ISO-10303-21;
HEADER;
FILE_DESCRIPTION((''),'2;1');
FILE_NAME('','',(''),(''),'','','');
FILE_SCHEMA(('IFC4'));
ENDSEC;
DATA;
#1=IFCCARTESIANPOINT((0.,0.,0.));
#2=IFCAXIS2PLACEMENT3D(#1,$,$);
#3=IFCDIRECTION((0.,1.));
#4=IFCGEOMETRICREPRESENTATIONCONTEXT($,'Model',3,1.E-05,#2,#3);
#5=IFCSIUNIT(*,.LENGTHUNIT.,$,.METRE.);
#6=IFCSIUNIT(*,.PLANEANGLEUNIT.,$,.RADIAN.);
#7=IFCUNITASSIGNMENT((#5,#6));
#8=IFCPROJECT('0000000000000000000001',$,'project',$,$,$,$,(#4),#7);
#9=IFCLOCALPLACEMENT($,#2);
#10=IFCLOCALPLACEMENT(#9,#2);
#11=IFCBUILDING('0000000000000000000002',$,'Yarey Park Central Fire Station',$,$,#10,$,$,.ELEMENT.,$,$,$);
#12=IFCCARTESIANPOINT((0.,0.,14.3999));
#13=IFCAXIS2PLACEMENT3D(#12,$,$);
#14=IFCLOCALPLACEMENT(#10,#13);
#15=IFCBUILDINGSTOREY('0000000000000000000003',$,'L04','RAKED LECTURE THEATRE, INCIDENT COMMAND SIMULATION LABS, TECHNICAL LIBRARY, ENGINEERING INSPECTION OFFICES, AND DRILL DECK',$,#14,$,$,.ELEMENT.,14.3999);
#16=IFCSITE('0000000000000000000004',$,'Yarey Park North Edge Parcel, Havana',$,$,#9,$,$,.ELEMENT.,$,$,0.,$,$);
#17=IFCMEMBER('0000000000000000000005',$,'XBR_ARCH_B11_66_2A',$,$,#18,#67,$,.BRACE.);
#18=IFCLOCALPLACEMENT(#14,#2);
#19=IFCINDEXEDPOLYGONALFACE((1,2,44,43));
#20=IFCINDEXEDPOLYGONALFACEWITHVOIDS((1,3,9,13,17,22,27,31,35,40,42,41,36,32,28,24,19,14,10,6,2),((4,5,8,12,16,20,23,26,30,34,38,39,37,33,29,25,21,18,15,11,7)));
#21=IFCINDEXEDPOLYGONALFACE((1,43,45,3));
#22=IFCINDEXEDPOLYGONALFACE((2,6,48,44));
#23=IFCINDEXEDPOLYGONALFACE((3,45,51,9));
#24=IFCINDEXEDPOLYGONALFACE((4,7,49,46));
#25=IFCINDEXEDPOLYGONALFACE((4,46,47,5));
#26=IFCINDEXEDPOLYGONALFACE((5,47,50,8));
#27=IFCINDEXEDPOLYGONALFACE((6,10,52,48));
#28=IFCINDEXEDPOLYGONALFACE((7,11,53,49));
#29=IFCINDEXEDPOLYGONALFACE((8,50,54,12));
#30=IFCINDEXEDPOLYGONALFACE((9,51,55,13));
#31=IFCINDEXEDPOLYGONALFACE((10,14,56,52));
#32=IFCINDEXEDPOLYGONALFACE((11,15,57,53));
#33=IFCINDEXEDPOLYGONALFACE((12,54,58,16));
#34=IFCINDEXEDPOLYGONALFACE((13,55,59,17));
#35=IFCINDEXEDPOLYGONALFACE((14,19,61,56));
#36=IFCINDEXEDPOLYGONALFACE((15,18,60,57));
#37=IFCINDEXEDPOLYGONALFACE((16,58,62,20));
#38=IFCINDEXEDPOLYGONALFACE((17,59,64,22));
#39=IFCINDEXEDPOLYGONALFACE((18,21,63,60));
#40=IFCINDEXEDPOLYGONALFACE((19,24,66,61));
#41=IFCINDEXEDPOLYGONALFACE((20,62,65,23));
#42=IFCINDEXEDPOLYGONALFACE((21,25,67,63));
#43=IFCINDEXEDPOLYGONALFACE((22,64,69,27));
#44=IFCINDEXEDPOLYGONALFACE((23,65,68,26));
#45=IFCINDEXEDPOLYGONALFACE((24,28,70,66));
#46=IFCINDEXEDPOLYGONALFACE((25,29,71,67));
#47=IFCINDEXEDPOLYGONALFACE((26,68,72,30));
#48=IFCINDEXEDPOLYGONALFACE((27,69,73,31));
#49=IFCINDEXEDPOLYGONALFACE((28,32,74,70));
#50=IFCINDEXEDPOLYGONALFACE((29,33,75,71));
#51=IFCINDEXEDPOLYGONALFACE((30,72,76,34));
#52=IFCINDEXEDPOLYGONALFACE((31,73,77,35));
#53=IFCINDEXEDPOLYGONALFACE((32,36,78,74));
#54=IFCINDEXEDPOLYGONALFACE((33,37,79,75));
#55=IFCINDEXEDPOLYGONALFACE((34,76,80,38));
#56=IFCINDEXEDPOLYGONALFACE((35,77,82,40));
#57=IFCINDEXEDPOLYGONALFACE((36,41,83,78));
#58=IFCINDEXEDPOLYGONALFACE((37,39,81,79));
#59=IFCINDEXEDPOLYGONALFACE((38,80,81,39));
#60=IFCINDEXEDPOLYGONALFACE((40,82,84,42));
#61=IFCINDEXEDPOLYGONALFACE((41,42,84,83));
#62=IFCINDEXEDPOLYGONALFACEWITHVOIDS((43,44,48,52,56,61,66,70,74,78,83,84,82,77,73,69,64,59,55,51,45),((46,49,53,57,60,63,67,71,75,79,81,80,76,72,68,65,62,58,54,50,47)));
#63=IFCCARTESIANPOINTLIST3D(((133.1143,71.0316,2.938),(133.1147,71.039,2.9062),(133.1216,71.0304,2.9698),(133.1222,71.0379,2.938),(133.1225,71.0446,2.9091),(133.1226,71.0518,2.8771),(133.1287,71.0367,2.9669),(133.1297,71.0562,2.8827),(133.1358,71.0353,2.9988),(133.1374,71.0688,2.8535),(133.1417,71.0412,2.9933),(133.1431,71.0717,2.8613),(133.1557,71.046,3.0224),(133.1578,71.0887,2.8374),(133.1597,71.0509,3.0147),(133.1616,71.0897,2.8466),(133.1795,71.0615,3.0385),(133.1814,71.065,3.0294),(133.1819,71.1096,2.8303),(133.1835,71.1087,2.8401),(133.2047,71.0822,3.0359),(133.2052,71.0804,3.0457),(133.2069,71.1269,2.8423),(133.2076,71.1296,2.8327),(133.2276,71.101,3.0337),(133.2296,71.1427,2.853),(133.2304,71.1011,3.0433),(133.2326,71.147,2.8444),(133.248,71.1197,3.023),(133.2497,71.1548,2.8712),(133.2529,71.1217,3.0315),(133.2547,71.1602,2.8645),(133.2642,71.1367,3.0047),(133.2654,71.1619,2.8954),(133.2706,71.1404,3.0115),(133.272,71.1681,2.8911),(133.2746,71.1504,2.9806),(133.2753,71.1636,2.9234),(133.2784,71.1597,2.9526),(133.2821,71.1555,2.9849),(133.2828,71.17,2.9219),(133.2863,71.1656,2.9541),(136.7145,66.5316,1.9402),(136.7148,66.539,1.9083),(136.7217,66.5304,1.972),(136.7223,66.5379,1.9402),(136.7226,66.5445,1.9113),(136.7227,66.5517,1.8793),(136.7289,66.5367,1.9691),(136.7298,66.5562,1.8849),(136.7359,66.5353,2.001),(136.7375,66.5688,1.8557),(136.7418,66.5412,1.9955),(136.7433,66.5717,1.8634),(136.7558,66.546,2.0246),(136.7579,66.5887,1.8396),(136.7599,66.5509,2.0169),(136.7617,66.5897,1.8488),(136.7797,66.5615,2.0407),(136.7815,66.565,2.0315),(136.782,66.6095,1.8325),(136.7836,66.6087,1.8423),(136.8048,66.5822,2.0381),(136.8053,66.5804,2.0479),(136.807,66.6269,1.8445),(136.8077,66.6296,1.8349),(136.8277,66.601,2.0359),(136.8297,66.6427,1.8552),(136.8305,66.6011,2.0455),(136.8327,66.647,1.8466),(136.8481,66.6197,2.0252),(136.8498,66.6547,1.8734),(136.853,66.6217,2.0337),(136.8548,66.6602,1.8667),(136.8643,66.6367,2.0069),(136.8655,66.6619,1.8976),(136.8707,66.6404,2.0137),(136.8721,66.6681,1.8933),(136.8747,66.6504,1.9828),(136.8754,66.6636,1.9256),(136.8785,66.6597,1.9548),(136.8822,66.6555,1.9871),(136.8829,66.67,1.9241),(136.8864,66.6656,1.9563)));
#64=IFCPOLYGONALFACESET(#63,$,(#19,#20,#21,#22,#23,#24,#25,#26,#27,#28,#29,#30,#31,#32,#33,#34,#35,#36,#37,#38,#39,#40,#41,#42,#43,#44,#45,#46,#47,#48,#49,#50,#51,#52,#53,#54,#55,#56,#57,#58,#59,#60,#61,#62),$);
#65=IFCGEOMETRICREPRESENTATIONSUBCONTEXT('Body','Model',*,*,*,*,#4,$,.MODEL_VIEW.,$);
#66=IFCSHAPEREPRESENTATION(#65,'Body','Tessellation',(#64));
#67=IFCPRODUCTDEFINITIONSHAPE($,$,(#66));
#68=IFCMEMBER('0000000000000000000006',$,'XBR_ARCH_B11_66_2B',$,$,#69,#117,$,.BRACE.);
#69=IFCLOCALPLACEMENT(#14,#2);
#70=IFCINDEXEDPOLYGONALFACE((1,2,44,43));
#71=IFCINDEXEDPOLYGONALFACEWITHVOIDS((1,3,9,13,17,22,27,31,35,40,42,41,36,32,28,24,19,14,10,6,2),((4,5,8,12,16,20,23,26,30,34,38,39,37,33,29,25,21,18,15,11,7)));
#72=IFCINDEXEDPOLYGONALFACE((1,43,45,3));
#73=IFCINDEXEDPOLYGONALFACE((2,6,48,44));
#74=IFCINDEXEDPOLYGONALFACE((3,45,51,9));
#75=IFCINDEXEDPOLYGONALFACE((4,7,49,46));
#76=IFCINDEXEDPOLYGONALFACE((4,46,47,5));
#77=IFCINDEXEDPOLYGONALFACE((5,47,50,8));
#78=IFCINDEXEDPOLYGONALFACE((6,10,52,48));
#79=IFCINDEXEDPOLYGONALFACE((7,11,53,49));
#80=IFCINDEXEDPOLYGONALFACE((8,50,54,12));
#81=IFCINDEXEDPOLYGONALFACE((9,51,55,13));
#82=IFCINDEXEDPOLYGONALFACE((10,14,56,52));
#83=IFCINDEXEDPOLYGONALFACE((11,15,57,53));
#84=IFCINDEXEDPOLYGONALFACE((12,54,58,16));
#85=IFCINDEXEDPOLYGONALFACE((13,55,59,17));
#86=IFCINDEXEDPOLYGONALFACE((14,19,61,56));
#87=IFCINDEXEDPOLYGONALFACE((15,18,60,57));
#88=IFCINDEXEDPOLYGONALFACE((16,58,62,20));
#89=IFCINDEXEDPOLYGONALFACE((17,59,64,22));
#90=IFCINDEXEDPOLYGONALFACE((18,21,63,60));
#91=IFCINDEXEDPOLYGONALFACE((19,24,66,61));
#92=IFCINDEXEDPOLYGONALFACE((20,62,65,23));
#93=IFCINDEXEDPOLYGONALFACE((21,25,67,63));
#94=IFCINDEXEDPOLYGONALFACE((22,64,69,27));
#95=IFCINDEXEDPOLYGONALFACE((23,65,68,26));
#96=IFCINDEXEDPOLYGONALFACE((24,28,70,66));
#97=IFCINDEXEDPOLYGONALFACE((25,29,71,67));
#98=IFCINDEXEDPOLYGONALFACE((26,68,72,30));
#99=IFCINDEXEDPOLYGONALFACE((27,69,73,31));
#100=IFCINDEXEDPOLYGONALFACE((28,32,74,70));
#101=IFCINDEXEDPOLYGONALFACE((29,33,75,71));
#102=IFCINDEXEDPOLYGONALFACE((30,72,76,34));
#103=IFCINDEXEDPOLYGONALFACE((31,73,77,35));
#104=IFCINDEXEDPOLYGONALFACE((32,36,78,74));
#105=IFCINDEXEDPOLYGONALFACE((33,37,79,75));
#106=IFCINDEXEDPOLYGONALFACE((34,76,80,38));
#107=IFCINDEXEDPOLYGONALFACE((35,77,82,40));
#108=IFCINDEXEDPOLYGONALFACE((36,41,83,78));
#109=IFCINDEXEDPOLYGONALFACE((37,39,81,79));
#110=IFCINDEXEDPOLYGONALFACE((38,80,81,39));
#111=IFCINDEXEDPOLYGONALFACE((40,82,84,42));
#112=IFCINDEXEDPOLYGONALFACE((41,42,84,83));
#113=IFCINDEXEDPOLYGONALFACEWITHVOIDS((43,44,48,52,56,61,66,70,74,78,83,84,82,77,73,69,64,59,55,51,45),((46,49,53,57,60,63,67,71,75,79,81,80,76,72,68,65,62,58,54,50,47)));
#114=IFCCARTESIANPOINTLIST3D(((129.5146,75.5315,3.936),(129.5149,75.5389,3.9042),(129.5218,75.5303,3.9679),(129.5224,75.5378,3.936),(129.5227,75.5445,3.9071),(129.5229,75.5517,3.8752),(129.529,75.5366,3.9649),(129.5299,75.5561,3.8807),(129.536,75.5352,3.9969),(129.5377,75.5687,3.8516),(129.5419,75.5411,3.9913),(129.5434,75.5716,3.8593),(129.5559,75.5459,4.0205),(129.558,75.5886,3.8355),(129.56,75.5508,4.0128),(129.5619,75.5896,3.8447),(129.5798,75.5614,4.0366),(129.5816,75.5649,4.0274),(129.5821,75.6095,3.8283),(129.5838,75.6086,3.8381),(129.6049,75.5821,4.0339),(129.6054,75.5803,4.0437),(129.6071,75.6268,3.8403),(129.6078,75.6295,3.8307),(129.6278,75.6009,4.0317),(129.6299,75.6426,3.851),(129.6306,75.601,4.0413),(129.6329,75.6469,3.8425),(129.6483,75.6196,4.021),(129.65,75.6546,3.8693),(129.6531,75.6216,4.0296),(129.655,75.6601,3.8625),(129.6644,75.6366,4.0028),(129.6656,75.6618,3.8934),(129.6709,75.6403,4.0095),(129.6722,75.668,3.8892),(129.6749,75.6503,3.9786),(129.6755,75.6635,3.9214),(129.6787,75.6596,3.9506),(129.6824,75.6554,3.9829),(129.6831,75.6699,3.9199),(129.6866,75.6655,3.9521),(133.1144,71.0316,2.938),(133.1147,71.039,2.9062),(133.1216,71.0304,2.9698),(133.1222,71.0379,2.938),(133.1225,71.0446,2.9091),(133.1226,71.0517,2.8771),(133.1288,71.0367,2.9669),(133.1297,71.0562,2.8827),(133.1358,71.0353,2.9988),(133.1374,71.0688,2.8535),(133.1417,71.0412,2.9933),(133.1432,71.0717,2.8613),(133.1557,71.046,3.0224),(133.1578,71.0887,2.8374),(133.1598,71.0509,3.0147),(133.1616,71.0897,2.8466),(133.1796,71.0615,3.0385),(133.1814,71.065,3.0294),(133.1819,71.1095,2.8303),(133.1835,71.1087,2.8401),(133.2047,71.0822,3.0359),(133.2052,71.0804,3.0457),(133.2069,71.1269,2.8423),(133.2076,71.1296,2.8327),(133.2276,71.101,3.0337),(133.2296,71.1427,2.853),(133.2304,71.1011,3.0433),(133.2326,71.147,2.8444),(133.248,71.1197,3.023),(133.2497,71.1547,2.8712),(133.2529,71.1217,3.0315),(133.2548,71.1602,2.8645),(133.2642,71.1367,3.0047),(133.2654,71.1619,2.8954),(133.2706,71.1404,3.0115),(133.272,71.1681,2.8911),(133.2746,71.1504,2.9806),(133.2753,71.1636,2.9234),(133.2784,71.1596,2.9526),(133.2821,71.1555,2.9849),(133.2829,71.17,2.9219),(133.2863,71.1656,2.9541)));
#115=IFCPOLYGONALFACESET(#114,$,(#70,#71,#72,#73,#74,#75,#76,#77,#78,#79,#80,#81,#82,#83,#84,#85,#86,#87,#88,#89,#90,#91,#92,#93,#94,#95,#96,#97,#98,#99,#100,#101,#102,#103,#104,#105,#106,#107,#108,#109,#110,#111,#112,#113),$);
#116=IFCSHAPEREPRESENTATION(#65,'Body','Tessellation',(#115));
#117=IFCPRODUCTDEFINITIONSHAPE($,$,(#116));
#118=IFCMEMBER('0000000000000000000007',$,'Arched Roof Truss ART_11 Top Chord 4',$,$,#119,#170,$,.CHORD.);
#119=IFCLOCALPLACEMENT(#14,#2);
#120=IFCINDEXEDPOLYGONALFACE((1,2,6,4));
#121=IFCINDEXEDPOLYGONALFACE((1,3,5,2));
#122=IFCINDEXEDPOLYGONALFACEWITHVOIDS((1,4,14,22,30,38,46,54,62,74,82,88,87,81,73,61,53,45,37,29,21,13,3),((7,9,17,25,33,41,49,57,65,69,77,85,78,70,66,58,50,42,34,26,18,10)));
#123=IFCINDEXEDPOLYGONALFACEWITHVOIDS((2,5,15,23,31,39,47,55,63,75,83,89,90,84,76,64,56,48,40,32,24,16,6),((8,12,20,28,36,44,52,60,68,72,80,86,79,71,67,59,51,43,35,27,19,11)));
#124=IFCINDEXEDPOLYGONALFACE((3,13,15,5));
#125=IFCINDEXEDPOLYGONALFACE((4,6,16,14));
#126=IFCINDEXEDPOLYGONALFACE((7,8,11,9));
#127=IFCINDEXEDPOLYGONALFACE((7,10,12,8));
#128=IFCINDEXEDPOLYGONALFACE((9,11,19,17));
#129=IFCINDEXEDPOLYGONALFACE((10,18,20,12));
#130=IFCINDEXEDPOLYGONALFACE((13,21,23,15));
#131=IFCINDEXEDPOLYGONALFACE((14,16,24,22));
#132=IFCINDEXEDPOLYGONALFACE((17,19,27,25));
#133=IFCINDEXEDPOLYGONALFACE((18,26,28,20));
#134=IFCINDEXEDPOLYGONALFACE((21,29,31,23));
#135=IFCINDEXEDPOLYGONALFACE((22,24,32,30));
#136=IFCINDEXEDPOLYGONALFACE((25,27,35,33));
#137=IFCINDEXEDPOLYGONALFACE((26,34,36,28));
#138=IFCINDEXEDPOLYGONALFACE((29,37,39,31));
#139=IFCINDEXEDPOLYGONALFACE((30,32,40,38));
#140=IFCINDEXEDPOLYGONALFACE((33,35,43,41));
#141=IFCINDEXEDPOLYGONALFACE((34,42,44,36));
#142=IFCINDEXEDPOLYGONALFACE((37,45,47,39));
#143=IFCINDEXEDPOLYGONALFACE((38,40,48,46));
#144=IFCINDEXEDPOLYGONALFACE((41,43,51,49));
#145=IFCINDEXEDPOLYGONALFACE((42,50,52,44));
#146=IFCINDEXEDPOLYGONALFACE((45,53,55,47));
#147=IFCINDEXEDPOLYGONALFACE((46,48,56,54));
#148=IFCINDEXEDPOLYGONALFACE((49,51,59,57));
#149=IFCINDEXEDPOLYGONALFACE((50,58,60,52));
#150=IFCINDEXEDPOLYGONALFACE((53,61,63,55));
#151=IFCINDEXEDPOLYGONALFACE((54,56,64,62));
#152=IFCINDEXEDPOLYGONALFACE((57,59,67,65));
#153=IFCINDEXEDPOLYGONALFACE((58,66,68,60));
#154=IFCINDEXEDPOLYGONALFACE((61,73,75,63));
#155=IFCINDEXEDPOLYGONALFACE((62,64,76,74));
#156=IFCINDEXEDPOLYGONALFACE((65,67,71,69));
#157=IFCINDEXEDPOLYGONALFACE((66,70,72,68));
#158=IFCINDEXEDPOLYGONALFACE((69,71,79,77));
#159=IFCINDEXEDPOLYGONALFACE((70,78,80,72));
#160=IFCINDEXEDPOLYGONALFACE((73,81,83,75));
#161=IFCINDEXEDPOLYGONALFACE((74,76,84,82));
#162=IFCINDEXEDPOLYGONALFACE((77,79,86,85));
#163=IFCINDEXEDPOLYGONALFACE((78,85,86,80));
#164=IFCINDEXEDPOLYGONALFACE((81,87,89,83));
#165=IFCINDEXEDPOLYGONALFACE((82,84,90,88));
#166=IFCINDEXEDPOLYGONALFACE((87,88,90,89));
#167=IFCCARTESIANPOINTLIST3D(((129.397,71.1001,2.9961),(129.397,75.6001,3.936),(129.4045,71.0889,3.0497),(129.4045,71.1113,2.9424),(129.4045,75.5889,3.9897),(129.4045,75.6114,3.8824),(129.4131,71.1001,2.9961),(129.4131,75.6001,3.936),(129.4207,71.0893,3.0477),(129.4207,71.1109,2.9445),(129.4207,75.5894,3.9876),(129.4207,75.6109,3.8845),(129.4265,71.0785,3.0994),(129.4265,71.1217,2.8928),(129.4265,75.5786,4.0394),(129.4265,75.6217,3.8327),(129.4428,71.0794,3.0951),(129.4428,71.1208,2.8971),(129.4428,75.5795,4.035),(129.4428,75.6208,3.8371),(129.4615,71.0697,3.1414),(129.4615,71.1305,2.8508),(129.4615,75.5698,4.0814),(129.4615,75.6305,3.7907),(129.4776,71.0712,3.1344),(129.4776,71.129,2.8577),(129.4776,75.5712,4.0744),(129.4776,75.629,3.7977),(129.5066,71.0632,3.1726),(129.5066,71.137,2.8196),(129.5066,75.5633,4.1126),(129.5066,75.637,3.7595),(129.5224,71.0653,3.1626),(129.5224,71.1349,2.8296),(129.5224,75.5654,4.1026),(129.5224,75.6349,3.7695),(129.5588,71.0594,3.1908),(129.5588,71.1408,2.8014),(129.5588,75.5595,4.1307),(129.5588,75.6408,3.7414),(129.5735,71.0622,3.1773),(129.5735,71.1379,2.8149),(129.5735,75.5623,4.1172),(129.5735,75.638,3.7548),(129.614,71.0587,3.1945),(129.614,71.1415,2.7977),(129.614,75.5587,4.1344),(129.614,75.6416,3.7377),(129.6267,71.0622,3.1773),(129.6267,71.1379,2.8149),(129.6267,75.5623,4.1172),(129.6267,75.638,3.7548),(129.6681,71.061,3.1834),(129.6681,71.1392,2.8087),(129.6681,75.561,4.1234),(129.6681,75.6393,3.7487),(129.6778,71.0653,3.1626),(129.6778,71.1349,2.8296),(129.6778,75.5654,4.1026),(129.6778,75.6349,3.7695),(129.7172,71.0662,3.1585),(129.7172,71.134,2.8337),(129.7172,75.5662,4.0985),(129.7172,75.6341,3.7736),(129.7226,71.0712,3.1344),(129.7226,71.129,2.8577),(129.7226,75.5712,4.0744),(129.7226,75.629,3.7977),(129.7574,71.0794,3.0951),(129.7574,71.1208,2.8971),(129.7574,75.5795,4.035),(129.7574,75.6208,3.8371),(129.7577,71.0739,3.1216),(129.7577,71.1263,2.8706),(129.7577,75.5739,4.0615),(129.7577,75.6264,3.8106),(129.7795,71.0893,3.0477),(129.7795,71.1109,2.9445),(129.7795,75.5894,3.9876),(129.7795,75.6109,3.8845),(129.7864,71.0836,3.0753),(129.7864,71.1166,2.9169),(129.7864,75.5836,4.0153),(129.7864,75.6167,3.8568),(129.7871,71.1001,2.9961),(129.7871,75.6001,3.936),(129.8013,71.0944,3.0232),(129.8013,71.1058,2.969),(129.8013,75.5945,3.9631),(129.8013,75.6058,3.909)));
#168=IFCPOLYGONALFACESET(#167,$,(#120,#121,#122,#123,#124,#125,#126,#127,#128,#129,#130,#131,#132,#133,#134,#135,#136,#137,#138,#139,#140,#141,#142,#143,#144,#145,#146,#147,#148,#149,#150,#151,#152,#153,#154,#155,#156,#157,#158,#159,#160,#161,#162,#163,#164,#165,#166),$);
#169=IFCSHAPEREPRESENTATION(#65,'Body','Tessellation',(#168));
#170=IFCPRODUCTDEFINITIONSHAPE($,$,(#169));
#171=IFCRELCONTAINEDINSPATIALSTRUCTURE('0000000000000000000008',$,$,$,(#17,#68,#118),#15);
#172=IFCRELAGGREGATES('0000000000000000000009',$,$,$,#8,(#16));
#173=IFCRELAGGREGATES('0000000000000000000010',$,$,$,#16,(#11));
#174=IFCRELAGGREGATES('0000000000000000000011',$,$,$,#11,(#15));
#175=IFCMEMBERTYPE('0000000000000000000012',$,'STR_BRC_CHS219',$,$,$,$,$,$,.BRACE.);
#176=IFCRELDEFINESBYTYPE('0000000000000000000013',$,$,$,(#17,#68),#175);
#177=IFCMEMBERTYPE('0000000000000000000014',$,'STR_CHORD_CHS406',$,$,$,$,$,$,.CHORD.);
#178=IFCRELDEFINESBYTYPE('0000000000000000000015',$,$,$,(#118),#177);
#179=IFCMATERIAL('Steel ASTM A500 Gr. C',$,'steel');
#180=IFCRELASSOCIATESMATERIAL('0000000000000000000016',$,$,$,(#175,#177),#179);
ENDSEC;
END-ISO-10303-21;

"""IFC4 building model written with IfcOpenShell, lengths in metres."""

from ifc_helpers import new_model, si_unit, direction, frame, origin, origin_2d, place, context, subcontext, project, spatial, hollow_circle, extrude, material, material_profile, profile_set, type_object, element, save


model = new_model("IFC4")

# Units and contexts
model_context = context("Model", 3, precision=1e-05, world=origin(), true_north=direction((0.0, 1.0)))
body_context = subcontext(model_context, "Body", "Model", "MODEL_VIEW")
ifc_project = project(units=[si_unit("LENGTHUNIT", "METRE"), si_unit("PLANEANGLEUNIT", "RADIAN")], contexts=[model_context])

# Site, building, storey
site_placement = place(None, origin())
site = spatial("IfcSite", under=ifc_project, at=site_placement, Name="Yarey Park North Edge Parcel, Havana", CompositionType="ELEMENT", RefElevation=0.0)
building_placement = place(site_placement, origin())
building = spatial("IfcBuilding", under=site, at=building_placement, Name="Yarey Park Central Fire Station", CompositionType="ELEMENT")
storey_placement = place(building_placement, frame((0.0, 0.0, 14.3999)))
storey = spatial("IfcBuildingStorey", under=building, at=storey_placement, Name="L04", Description="RAKED LECTURE THEATRE, INCIDENT COMMAND SIMULATION LABS, TECHNICAL LIBRARY, ENGINEERING INSPECTION OFFICES, AND DRILL DECK", CompositionType="ELEMENT", Elevation=14.3999)

# Members
ifc_material_1 = material(Name="Steel ASTM A500 Gr. C", Category="steel")
ifc_material_profile_1 = material_profile(ifc_material_1, hollow_circle(Radius=0.1096, WallThickness=0.01, at=origin_2d()), Name="CHS 219.1x10")
ifc_profile_set_1 = profile_set([ifc_material_profile_1], Name="Steel ASTM A500 Gr. C")
member_type_1 = type_object("IfcMemberType", Name="STR_BRC_CHS219", PredefinedType="BRACE", material=ifc_profile_set_1)
member_1_placement = place(storey_placement, frame((136.8, 66.6001, 1.9402), z_axis=(-0.615547, 0.769413, 0.170605), x_axis=(-0.780861, -0.624705, 0.0)))
element("IfcMember", 1, at=member_1_placement, inside=storey, type_object=member_type_1, Name="XBR_ARCH_B11_66_2A", PredefinedType="BRACE", context=body_context, shape_type="SweptSolid", body=[
    extrude(hollow_circle(Radius=0.1096, WallThickness=0.01, at=origin_2d()), origin(), (0.0, 0.0, 1.0), 5.8486),
])
member_2_placement = place(storey_placement, frame((133.2, 71.1001, 2.938), z_axis=(-0.615517, 0.769427, 0.17065), x_axis=(-0.780881, -0.62468, 0.0)))
element("IfcMember", 2, at=member_2_placement, inside=storey, type_object=member_type_1, Name="XBR_ARCH_B11_66_2B", PredefinedType="BRACE", context=body_context, shape_type="SweptSolid", body=[
    extrude(hollow_circle(Radius=0.1096, WallThickness=0.01, at=origin_2d()), origin(), (0.0, 0.0, 1.0), 5.8484),
])
ifc_material_profile_2 = material_profile(ifc_material_1, hollow_circle(Radius=0.2031, WallThickness=0.0161, at=origin_2d()), Name="CHS 406.4x16")
ifc_profile_set_2 = profile_set([ifc_material_profile_2], Name="Steel ASTM A500 Gr. C")
member_type_2 = type_object("IfcMemberType", Name="STR_CHORD_CHS406", PredefinedType="CHORD", material=ifc_profile_set_2)
member_3_placement = place(storey_placement, frame((129.6001, 71.1001, 2.9961), z_axis=(0.0, 0.978874, 0.204463), x_axis=(-1.0, 0.0, 0.0)))
element("IfcMember", 3, at=member_3_placement, inside=storey, type_object=member_type_2, Name="Arched Roof Truss ART_11 Top Chord 4", PredefinedType="CHORD", context=body_context, shape_type="SweptSolid", body=[
    extrude(hollow_circle(Radius=0.2031, WallThickness=0.0161, at=origin_2d()), origin(), (0.0, 0.0, 1.0), 4.5972),
])

save(model, "model.ifc")
